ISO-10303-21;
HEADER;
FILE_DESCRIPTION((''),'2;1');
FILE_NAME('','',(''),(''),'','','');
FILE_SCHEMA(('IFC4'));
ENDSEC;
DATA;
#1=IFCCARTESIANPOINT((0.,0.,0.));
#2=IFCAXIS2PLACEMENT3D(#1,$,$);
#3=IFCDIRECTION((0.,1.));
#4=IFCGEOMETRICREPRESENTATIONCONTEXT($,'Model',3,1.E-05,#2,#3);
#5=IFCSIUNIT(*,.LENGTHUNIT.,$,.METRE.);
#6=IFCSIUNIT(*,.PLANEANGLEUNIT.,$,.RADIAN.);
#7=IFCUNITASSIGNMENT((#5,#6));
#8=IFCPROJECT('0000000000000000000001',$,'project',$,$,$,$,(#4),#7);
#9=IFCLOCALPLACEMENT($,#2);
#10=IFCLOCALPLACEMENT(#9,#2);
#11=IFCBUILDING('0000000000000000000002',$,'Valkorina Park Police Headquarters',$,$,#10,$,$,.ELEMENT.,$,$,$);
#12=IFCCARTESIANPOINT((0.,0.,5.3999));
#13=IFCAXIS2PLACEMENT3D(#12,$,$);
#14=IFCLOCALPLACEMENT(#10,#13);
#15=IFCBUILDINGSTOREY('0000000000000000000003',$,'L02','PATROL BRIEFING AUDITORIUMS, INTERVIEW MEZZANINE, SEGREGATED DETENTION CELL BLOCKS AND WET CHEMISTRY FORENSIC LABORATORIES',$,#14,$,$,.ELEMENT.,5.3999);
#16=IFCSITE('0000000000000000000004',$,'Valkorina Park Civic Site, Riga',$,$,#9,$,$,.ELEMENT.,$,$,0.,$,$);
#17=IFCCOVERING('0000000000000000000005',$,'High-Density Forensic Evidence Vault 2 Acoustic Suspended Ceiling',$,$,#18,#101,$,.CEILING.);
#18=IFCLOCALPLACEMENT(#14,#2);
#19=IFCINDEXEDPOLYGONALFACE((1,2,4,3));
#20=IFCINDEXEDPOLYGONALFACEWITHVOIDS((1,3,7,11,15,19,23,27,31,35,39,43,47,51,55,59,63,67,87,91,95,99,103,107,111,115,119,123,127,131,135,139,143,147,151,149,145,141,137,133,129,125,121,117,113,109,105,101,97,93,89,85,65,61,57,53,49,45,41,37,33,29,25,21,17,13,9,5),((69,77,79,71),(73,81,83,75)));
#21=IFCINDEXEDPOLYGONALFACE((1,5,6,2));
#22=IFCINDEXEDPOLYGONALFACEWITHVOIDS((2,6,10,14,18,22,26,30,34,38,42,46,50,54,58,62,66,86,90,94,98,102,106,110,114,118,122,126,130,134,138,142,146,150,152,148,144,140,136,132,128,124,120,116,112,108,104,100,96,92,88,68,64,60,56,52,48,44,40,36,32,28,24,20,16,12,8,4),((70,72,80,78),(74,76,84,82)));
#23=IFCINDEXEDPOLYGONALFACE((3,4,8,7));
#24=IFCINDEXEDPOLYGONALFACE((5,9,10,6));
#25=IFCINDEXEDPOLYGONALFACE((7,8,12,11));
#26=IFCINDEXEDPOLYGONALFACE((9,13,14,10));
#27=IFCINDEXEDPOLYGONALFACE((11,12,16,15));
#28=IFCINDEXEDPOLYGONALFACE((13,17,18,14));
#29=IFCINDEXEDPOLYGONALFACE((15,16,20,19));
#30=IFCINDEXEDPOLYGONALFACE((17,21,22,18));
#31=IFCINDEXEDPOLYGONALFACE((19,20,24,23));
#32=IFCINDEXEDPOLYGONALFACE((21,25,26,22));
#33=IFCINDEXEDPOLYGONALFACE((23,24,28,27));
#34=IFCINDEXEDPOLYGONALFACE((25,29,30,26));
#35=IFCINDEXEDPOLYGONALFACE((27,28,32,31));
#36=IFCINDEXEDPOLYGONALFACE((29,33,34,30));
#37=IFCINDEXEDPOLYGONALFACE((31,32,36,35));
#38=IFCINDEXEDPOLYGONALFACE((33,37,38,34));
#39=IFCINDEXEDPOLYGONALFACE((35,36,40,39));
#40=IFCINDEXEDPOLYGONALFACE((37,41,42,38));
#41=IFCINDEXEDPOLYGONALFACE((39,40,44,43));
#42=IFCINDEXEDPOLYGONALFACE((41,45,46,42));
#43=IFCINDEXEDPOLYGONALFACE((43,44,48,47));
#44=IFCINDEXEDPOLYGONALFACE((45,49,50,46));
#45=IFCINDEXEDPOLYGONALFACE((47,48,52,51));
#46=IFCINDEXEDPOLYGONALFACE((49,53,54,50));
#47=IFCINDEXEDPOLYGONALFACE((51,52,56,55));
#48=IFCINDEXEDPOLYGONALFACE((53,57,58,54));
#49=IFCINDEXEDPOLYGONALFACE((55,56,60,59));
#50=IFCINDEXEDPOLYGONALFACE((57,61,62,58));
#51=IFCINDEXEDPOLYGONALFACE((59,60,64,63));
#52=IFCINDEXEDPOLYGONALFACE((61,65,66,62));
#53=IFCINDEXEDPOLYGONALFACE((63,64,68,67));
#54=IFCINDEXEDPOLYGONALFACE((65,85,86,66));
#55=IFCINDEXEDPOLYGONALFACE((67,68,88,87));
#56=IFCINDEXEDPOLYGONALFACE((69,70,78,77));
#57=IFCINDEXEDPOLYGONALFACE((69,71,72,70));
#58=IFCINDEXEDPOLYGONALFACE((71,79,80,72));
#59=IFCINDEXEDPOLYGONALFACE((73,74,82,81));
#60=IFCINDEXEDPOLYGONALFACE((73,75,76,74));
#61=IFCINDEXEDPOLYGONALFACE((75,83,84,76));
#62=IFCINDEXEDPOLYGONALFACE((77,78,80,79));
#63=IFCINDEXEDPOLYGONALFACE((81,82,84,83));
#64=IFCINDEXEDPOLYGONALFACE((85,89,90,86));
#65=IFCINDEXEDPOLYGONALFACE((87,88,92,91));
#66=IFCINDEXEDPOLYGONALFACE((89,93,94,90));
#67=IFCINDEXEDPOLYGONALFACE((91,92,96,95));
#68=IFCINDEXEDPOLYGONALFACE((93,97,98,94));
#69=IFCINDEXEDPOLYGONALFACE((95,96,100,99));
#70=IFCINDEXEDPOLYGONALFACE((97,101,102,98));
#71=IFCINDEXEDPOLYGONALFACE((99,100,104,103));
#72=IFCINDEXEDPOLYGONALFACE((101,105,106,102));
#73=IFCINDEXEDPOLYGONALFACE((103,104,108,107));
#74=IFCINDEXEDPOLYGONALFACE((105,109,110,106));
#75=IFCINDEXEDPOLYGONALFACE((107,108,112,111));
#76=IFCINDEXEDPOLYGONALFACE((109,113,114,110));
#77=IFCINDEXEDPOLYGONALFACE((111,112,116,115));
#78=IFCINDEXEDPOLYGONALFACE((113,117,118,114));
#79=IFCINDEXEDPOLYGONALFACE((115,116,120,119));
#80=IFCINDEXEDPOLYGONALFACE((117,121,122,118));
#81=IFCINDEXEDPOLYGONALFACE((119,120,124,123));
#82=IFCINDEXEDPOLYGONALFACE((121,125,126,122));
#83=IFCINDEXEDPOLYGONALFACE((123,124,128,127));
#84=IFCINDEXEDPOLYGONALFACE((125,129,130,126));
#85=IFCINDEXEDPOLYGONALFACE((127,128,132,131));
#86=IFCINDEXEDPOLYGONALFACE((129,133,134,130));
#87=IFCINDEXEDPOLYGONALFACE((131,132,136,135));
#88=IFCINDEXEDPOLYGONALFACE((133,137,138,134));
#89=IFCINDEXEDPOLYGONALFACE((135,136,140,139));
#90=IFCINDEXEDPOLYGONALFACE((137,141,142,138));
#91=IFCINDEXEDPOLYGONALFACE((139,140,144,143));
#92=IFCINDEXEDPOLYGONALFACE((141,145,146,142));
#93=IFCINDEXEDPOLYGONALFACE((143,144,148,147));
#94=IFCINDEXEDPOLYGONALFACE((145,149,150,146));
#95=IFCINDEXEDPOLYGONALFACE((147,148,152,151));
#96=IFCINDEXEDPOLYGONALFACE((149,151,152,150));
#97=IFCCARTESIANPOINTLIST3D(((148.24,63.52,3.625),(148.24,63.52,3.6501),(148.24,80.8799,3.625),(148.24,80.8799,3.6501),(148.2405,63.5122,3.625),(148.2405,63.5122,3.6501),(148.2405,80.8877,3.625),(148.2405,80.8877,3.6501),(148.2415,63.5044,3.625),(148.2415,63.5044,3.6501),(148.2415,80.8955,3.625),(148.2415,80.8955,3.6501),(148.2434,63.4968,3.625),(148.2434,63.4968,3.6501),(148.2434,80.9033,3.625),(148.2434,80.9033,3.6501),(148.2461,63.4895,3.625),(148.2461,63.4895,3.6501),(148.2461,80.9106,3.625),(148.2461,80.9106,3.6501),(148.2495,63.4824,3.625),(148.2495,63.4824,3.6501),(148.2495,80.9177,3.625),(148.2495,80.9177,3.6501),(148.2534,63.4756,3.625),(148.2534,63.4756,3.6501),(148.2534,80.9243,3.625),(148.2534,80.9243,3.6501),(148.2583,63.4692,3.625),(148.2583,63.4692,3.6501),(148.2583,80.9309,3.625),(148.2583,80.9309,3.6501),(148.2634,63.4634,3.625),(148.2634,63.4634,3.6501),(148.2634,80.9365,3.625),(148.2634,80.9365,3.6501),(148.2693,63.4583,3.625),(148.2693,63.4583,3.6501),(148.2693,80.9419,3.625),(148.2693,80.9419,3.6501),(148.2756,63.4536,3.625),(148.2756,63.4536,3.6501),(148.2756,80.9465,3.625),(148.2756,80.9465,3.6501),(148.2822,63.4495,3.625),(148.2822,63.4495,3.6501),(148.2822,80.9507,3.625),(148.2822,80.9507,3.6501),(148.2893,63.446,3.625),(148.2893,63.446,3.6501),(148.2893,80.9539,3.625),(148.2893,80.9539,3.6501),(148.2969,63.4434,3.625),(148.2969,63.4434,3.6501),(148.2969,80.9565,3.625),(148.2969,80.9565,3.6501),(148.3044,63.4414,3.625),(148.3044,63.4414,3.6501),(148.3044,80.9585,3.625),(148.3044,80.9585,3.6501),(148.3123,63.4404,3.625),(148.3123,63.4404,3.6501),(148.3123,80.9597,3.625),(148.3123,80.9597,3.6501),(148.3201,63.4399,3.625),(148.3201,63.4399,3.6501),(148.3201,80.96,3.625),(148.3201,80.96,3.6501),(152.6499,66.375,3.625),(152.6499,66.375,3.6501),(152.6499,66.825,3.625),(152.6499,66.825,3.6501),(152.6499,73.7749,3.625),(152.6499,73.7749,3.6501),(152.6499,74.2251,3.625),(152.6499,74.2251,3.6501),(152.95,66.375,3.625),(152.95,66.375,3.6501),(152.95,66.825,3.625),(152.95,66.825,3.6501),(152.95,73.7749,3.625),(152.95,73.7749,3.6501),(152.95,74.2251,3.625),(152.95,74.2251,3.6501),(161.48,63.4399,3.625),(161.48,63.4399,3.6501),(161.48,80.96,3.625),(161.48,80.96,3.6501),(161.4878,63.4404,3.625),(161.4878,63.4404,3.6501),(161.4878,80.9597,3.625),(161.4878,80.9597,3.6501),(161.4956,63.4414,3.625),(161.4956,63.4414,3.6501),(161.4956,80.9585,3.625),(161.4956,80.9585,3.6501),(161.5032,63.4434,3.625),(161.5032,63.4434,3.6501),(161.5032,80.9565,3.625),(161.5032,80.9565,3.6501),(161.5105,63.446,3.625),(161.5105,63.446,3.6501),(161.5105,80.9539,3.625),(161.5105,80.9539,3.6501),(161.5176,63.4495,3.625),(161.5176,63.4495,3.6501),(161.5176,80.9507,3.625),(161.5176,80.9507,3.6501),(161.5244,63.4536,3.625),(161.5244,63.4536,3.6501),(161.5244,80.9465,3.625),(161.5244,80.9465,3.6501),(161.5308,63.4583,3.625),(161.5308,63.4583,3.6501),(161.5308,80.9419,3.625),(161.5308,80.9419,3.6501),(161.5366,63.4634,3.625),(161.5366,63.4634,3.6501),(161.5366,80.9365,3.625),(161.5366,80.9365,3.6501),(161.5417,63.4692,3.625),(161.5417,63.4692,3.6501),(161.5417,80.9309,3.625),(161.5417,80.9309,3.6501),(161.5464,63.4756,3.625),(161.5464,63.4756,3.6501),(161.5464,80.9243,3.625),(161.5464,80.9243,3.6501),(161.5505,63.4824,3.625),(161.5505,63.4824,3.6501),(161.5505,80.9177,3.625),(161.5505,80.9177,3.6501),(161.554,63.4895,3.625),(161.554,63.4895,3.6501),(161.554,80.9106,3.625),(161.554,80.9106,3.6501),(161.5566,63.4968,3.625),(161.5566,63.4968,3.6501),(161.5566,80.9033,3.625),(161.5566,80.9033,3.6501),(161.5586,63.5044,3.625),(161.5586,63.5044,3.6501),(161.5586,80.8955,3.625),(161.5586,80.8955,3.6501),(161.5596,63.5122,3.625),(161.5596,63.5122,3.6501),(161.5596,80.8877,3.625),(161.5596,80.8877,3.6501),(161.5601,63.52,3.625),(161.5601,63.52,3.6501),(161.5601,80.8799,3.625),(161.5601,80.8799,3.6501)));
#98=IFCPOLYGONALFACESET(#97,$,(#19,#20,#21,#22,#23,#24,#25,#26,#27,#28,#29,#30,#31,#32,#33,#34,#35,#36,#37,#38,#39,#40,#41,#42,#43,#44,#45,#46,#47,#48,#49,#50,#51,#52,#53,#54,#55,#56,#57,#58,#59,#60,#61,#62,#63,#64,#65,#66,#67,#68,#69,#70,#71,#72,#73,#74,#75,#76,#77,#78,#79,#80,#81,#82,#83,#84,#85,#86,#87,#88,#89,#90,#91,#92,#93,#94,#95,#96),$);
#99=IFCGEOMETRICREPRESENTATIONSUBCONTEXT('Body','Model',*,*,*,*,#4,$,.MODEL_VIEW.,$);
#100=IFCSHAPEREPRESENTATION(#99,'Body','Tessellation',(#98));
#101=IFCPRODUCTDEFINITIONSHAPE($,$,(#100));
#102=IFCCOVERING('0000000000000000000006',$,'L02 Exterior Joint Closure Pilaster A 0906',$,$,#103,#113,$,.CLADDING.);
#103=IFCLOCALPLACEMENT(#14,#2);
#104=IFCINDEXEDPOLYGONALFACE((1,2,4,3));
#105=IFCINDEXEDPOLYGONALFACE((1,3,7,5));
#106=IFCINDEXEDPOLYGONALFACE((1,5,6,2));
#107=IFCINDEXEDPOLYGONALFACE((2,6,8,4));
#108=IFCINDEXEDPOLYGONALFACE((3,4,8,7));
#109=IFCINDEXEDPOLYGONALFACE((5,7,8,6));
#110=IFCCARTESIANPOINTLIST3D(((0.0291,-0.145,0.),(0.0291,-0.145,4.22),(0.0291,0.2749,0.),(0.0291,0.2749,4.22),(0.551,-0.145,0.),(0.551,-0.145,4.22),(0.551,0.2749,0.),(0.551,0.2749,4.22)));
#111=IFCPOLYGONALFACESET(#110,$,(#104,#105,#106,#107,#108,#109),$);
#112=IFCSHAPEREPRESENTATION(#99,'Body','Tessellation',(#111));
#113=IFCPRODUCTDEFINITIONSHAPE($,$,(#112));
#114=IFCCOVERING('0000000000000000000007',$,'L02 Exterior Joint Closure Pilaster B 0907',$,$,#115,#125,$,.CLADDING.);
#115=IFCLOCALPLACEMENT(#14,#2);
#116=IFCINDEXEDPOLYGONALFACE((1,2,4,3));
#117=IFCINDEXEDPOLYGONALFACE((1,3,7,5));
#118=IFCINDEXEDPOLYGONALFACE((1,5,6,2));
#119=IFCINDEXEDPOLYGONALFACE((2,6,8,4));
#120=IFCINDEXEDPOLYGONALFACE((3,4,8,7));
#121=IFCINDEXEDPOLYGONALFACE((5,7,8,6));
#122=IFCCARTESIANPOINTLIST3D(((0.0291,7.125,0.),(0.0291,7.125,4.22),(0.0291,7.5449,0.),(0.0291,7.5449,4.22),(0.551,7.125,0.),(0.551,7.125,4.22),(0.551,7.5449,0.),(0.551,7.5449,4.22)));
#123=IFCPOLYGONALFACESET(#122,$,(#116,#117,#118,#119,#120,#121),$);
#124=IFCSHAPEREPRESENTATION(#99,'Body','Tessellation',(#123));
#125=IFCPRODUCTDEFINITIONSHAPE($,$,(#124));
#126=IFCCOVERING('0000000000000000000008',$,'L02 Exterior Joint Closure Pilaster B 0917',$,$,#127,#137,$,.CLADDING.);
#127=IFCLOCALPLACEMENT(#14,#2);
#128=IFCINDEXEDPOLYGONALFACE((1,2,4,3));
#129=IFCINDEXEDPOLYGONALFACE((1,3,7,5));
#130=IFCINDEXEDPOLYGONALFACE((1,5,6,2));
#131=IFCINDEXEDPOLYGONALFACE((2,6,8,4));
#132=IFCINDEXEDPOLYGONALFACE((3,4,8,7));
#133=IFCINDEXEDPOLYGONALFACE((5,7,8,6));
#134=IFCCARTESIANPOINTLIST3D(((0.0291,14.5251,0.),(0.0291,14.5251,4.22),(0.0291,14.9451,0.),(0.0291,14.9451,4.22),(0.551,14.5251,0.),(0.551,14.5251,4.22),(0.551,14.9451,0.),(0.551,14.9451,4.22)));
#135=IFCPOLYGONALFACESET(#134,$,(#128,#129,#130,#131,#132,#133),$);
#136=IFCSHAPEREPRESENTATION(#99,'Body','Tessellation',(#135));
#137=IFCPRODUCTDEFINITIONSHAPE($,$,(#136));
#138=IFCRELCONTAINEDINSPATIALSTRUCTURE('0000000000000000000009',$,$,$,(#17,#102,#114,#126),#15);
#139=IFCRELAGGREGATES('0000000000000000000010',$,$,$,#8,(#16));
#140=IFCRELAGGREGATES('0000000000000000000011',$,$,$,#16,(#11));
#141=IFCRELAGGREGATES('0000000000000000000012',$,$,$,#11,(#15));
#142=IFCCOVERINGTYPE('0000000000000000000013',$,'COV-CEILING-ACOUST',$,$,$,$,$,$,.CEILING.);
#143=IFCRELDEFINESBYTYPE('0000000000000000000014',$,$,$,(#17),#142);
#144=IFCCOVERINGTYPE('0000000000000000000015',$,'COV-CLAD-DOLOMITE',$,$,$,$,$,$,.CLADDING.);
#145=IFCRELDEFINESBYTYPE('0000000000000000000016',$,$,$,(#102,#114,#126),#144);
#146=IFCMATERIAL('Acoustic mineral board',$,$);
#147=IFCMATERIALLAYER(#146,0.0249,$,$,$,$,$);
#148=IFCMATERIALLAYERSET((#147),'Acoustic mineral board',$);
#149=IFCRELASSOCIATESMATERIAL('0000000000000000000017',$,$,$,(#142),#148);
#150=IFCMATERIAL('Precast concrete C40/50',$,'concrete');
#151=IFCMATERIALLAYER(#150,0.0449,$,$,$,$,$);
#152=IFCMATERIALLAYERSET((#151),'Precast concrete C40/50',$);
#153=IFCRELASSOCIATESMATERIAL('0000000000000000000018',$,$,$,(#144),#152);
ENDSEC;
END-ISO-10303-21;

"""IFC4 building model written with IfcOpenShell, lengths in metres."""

from ifc_helpers import new_model, si_unit, direction, frame, origin, origin_2d, place, context, subcontext, project, spatial, polyline, rectangle, outline, extrude, material, layer, layer_set, type_object, element, save


model = new_model("IFC4")

# Units and contexts
model_context = context("Model", 3, precision=1e-05, world=origin(), true_north=direction((0.0, 1.0)))
body_context = subcontext(model_context, "Body", "Model", "MODEL_VIEW")
ifc_project = project(units=[si_unit("LENGTHUNIT", "METRE"), si_unit("PLANEANGLEUNIT", "RADIAN")], contexts=[model_context])

# Site, building, storey
site_placement = place(None, origin())
site = spatial("IfcSite", under=ifc_project, at=site_placement, Name="Valkorina Park Civic Site, Riga", CompositionType="ELEMENT", RefElevation=0.0)
building_placement = place(site_placement, origin())
building = spatial("IfcBuilding", under=site, at=building_placement, Name="Valkorina Park Police Headquarters", CompositionType="ELEMENT")
storey_placement = place(building_placement, frame((0.0, 0.0, 5.3999)))
storey = spatial("IfcBuildingStorey", under=building, at=storey_placement, Name="L02", Description="PATROL BRIEFING AUDITORIUMS, INTERVIEW MEZZANINE, SEGREGATED DETENTION CELL BLOCKS AND WET CHEMISTRY FORENSIC LABORATORIES", CompositionType="ELEMENT", Elevation=5.3999)

# Coverings
ifc_material_1 = material(Name="Acoustic mineral board")
ifc_layer_1 = layer(ifc_material_1, 0.0249)
ifc_layer_set_1 = layer_set([ifc_layer_1], Name="Acoustic mineral board")
covering_type_1 = type_object("IfcCoveringType", Name="COV-CEILING-ACOUST", PredefinedType="CEILING", material=ifc_layer_set_1)
covering_1_placement = place(storey_placement, frame((0.0, 0.0, 3.625)))
element("IfcCovering", 1, at=covering_1_placement, inside=storey, type_object=covering_type_1, Name="High-Density Forensic Evidence Vault 2 Acoustic Suspended Ceiling", PredefinedType="CEILING", context=body_context, shape_type="SweptSolid", body=[
    extrude(outline(polyline([(161.5586, 63.5044), (161.5596, 63.5122), (161.5601, 63.52), (161.5601, 80.8799), (161.5596, 80.8877), (161.5586, 80.8955), (161.5566, 80.9033), (161.554, 80.9106), (161.5505, 80.9177), (161.5464, 80.9243), (161.5417, 80.9309), (161.5366, 80.9365), (161.5308, 80.9419), (161.5244, 80.9465), (161.5176, 80.9507), (161.5105, 80.9539), (161.5032, 80.9565), (161.4956, 80.9585), (161.4878, 80.9597), (161.48, 80.96), (148.3201, 80.96), (148.3123, 80.9597), (148.3044, 80.9585), (148.2969, 80.9565), (148.2893, 80.9539), (148.2822, 80.9507), (148.2756, 80.9465), (148.2693, 80.9419), (148.2634, 80.9365), (148.2583, 80.9309), (148.2534, 80.9243), (148.2495, 80.9177), (148.2461, 80.9106), (148.2434, 80.9033), (148.2415, 80.8955), (148.2405, 80.8877), (148.24, 80.8799), (148.24, 63.52), (148.2405, 63.5122), (148.2415, 63.5044), (148.2434, 63.4968), (148.2461, 63.4895), (148.2495, 63.4824), (148.2534, 63.4756), (148.2583, 63.4692), (148.2634, 63.4634), (148.2693, 63.4583), (148.2756, 63.4536), (148.2822, 63.4495), (148.2893, 63.446), (148.2969, 63.4434), (148.3044, 63.4414), (148.3123, 63.4404), (148.3201, 63.4399), (161.48, 63.4399), (161.4878, 63.4404), (161.4956, 63.4414), (161.5032, 63.4434), (161.5105, 63.446), (161.5176, 63.4495), (161.5244, 63.4536), (161.5308, 63.4583), (161.5366, 63.4634), (161.5417, 63.4692), (161.5464, 63.4756), (161.5505, 63.4824), (161.554, 63.4895), (161.5566, 63.4968), (161.5586, 63.5044)]), holes=[polyline([(152.95, 66.375), (152.6499, 66.375), (152.6499, 66.825), (152.95, 66.825), (152.95, 66.375)]), polyline([(152.95, 73.7749), (152.6499, 73.7749), (152.6499, 74.2251), (152.95, 74.2251), (152.95, 73.7749)])]), origin(), (0.0, 0.0, 1.0), 0.0251),
])
ifc_material_2 = material(Name="Precast concrete C40/50", Category="concrete")
ifc_layer_2 = layer(ifc_material_2, 0.0449)
ifc_layer_set_2 = layer_set([ifc_layer_2], Name="Precast concrete C40/50")
covering_type_2 = type_object("IfcCoveringType", Name="COV-CLAD-DOLOMITE", PredefinedType="CLADDING", material=ifc_layer_set_2)
for number, where, z_axis, x_axis, name in (
    (2, (0.29, 0.0649, 0.0), (0.0, 0.0, 1.0), (0.0, 1.0, 0.0), "L02 Exterior Joint Closure Pilaster A 0906"),
    (3, (0.29, 7.335, 0.0), (0.0, 0.0, 1.0), (0.0, 1.0, 0.0), "L02 Exterior Joint Closure Pilaster B 0907"),
    (4, (0.29, 14.7351, 0.0), (0.0, 0.0, 1.0), (0.0, 1.0, 0.0), "L02 Exterior Joint Closure Pilaster B 0917"),
):
    element("IfcCovering", number, at=place(storey_placement, frame(where, z_axis=z_axis, x_axis=x_axis)), inside=storey, type_object=covering_type_2, Name=name, PredefinedType="CLADDING", context=body_context, shape_type="SweptSolid", body=[
        extrude(rectangle(XDim=0.4199, YDim=0.522, at=origin_2d()), origin(), (0.0, 0.0, 1.0), 4.22),
    ])

save(model, "model.ifc")
